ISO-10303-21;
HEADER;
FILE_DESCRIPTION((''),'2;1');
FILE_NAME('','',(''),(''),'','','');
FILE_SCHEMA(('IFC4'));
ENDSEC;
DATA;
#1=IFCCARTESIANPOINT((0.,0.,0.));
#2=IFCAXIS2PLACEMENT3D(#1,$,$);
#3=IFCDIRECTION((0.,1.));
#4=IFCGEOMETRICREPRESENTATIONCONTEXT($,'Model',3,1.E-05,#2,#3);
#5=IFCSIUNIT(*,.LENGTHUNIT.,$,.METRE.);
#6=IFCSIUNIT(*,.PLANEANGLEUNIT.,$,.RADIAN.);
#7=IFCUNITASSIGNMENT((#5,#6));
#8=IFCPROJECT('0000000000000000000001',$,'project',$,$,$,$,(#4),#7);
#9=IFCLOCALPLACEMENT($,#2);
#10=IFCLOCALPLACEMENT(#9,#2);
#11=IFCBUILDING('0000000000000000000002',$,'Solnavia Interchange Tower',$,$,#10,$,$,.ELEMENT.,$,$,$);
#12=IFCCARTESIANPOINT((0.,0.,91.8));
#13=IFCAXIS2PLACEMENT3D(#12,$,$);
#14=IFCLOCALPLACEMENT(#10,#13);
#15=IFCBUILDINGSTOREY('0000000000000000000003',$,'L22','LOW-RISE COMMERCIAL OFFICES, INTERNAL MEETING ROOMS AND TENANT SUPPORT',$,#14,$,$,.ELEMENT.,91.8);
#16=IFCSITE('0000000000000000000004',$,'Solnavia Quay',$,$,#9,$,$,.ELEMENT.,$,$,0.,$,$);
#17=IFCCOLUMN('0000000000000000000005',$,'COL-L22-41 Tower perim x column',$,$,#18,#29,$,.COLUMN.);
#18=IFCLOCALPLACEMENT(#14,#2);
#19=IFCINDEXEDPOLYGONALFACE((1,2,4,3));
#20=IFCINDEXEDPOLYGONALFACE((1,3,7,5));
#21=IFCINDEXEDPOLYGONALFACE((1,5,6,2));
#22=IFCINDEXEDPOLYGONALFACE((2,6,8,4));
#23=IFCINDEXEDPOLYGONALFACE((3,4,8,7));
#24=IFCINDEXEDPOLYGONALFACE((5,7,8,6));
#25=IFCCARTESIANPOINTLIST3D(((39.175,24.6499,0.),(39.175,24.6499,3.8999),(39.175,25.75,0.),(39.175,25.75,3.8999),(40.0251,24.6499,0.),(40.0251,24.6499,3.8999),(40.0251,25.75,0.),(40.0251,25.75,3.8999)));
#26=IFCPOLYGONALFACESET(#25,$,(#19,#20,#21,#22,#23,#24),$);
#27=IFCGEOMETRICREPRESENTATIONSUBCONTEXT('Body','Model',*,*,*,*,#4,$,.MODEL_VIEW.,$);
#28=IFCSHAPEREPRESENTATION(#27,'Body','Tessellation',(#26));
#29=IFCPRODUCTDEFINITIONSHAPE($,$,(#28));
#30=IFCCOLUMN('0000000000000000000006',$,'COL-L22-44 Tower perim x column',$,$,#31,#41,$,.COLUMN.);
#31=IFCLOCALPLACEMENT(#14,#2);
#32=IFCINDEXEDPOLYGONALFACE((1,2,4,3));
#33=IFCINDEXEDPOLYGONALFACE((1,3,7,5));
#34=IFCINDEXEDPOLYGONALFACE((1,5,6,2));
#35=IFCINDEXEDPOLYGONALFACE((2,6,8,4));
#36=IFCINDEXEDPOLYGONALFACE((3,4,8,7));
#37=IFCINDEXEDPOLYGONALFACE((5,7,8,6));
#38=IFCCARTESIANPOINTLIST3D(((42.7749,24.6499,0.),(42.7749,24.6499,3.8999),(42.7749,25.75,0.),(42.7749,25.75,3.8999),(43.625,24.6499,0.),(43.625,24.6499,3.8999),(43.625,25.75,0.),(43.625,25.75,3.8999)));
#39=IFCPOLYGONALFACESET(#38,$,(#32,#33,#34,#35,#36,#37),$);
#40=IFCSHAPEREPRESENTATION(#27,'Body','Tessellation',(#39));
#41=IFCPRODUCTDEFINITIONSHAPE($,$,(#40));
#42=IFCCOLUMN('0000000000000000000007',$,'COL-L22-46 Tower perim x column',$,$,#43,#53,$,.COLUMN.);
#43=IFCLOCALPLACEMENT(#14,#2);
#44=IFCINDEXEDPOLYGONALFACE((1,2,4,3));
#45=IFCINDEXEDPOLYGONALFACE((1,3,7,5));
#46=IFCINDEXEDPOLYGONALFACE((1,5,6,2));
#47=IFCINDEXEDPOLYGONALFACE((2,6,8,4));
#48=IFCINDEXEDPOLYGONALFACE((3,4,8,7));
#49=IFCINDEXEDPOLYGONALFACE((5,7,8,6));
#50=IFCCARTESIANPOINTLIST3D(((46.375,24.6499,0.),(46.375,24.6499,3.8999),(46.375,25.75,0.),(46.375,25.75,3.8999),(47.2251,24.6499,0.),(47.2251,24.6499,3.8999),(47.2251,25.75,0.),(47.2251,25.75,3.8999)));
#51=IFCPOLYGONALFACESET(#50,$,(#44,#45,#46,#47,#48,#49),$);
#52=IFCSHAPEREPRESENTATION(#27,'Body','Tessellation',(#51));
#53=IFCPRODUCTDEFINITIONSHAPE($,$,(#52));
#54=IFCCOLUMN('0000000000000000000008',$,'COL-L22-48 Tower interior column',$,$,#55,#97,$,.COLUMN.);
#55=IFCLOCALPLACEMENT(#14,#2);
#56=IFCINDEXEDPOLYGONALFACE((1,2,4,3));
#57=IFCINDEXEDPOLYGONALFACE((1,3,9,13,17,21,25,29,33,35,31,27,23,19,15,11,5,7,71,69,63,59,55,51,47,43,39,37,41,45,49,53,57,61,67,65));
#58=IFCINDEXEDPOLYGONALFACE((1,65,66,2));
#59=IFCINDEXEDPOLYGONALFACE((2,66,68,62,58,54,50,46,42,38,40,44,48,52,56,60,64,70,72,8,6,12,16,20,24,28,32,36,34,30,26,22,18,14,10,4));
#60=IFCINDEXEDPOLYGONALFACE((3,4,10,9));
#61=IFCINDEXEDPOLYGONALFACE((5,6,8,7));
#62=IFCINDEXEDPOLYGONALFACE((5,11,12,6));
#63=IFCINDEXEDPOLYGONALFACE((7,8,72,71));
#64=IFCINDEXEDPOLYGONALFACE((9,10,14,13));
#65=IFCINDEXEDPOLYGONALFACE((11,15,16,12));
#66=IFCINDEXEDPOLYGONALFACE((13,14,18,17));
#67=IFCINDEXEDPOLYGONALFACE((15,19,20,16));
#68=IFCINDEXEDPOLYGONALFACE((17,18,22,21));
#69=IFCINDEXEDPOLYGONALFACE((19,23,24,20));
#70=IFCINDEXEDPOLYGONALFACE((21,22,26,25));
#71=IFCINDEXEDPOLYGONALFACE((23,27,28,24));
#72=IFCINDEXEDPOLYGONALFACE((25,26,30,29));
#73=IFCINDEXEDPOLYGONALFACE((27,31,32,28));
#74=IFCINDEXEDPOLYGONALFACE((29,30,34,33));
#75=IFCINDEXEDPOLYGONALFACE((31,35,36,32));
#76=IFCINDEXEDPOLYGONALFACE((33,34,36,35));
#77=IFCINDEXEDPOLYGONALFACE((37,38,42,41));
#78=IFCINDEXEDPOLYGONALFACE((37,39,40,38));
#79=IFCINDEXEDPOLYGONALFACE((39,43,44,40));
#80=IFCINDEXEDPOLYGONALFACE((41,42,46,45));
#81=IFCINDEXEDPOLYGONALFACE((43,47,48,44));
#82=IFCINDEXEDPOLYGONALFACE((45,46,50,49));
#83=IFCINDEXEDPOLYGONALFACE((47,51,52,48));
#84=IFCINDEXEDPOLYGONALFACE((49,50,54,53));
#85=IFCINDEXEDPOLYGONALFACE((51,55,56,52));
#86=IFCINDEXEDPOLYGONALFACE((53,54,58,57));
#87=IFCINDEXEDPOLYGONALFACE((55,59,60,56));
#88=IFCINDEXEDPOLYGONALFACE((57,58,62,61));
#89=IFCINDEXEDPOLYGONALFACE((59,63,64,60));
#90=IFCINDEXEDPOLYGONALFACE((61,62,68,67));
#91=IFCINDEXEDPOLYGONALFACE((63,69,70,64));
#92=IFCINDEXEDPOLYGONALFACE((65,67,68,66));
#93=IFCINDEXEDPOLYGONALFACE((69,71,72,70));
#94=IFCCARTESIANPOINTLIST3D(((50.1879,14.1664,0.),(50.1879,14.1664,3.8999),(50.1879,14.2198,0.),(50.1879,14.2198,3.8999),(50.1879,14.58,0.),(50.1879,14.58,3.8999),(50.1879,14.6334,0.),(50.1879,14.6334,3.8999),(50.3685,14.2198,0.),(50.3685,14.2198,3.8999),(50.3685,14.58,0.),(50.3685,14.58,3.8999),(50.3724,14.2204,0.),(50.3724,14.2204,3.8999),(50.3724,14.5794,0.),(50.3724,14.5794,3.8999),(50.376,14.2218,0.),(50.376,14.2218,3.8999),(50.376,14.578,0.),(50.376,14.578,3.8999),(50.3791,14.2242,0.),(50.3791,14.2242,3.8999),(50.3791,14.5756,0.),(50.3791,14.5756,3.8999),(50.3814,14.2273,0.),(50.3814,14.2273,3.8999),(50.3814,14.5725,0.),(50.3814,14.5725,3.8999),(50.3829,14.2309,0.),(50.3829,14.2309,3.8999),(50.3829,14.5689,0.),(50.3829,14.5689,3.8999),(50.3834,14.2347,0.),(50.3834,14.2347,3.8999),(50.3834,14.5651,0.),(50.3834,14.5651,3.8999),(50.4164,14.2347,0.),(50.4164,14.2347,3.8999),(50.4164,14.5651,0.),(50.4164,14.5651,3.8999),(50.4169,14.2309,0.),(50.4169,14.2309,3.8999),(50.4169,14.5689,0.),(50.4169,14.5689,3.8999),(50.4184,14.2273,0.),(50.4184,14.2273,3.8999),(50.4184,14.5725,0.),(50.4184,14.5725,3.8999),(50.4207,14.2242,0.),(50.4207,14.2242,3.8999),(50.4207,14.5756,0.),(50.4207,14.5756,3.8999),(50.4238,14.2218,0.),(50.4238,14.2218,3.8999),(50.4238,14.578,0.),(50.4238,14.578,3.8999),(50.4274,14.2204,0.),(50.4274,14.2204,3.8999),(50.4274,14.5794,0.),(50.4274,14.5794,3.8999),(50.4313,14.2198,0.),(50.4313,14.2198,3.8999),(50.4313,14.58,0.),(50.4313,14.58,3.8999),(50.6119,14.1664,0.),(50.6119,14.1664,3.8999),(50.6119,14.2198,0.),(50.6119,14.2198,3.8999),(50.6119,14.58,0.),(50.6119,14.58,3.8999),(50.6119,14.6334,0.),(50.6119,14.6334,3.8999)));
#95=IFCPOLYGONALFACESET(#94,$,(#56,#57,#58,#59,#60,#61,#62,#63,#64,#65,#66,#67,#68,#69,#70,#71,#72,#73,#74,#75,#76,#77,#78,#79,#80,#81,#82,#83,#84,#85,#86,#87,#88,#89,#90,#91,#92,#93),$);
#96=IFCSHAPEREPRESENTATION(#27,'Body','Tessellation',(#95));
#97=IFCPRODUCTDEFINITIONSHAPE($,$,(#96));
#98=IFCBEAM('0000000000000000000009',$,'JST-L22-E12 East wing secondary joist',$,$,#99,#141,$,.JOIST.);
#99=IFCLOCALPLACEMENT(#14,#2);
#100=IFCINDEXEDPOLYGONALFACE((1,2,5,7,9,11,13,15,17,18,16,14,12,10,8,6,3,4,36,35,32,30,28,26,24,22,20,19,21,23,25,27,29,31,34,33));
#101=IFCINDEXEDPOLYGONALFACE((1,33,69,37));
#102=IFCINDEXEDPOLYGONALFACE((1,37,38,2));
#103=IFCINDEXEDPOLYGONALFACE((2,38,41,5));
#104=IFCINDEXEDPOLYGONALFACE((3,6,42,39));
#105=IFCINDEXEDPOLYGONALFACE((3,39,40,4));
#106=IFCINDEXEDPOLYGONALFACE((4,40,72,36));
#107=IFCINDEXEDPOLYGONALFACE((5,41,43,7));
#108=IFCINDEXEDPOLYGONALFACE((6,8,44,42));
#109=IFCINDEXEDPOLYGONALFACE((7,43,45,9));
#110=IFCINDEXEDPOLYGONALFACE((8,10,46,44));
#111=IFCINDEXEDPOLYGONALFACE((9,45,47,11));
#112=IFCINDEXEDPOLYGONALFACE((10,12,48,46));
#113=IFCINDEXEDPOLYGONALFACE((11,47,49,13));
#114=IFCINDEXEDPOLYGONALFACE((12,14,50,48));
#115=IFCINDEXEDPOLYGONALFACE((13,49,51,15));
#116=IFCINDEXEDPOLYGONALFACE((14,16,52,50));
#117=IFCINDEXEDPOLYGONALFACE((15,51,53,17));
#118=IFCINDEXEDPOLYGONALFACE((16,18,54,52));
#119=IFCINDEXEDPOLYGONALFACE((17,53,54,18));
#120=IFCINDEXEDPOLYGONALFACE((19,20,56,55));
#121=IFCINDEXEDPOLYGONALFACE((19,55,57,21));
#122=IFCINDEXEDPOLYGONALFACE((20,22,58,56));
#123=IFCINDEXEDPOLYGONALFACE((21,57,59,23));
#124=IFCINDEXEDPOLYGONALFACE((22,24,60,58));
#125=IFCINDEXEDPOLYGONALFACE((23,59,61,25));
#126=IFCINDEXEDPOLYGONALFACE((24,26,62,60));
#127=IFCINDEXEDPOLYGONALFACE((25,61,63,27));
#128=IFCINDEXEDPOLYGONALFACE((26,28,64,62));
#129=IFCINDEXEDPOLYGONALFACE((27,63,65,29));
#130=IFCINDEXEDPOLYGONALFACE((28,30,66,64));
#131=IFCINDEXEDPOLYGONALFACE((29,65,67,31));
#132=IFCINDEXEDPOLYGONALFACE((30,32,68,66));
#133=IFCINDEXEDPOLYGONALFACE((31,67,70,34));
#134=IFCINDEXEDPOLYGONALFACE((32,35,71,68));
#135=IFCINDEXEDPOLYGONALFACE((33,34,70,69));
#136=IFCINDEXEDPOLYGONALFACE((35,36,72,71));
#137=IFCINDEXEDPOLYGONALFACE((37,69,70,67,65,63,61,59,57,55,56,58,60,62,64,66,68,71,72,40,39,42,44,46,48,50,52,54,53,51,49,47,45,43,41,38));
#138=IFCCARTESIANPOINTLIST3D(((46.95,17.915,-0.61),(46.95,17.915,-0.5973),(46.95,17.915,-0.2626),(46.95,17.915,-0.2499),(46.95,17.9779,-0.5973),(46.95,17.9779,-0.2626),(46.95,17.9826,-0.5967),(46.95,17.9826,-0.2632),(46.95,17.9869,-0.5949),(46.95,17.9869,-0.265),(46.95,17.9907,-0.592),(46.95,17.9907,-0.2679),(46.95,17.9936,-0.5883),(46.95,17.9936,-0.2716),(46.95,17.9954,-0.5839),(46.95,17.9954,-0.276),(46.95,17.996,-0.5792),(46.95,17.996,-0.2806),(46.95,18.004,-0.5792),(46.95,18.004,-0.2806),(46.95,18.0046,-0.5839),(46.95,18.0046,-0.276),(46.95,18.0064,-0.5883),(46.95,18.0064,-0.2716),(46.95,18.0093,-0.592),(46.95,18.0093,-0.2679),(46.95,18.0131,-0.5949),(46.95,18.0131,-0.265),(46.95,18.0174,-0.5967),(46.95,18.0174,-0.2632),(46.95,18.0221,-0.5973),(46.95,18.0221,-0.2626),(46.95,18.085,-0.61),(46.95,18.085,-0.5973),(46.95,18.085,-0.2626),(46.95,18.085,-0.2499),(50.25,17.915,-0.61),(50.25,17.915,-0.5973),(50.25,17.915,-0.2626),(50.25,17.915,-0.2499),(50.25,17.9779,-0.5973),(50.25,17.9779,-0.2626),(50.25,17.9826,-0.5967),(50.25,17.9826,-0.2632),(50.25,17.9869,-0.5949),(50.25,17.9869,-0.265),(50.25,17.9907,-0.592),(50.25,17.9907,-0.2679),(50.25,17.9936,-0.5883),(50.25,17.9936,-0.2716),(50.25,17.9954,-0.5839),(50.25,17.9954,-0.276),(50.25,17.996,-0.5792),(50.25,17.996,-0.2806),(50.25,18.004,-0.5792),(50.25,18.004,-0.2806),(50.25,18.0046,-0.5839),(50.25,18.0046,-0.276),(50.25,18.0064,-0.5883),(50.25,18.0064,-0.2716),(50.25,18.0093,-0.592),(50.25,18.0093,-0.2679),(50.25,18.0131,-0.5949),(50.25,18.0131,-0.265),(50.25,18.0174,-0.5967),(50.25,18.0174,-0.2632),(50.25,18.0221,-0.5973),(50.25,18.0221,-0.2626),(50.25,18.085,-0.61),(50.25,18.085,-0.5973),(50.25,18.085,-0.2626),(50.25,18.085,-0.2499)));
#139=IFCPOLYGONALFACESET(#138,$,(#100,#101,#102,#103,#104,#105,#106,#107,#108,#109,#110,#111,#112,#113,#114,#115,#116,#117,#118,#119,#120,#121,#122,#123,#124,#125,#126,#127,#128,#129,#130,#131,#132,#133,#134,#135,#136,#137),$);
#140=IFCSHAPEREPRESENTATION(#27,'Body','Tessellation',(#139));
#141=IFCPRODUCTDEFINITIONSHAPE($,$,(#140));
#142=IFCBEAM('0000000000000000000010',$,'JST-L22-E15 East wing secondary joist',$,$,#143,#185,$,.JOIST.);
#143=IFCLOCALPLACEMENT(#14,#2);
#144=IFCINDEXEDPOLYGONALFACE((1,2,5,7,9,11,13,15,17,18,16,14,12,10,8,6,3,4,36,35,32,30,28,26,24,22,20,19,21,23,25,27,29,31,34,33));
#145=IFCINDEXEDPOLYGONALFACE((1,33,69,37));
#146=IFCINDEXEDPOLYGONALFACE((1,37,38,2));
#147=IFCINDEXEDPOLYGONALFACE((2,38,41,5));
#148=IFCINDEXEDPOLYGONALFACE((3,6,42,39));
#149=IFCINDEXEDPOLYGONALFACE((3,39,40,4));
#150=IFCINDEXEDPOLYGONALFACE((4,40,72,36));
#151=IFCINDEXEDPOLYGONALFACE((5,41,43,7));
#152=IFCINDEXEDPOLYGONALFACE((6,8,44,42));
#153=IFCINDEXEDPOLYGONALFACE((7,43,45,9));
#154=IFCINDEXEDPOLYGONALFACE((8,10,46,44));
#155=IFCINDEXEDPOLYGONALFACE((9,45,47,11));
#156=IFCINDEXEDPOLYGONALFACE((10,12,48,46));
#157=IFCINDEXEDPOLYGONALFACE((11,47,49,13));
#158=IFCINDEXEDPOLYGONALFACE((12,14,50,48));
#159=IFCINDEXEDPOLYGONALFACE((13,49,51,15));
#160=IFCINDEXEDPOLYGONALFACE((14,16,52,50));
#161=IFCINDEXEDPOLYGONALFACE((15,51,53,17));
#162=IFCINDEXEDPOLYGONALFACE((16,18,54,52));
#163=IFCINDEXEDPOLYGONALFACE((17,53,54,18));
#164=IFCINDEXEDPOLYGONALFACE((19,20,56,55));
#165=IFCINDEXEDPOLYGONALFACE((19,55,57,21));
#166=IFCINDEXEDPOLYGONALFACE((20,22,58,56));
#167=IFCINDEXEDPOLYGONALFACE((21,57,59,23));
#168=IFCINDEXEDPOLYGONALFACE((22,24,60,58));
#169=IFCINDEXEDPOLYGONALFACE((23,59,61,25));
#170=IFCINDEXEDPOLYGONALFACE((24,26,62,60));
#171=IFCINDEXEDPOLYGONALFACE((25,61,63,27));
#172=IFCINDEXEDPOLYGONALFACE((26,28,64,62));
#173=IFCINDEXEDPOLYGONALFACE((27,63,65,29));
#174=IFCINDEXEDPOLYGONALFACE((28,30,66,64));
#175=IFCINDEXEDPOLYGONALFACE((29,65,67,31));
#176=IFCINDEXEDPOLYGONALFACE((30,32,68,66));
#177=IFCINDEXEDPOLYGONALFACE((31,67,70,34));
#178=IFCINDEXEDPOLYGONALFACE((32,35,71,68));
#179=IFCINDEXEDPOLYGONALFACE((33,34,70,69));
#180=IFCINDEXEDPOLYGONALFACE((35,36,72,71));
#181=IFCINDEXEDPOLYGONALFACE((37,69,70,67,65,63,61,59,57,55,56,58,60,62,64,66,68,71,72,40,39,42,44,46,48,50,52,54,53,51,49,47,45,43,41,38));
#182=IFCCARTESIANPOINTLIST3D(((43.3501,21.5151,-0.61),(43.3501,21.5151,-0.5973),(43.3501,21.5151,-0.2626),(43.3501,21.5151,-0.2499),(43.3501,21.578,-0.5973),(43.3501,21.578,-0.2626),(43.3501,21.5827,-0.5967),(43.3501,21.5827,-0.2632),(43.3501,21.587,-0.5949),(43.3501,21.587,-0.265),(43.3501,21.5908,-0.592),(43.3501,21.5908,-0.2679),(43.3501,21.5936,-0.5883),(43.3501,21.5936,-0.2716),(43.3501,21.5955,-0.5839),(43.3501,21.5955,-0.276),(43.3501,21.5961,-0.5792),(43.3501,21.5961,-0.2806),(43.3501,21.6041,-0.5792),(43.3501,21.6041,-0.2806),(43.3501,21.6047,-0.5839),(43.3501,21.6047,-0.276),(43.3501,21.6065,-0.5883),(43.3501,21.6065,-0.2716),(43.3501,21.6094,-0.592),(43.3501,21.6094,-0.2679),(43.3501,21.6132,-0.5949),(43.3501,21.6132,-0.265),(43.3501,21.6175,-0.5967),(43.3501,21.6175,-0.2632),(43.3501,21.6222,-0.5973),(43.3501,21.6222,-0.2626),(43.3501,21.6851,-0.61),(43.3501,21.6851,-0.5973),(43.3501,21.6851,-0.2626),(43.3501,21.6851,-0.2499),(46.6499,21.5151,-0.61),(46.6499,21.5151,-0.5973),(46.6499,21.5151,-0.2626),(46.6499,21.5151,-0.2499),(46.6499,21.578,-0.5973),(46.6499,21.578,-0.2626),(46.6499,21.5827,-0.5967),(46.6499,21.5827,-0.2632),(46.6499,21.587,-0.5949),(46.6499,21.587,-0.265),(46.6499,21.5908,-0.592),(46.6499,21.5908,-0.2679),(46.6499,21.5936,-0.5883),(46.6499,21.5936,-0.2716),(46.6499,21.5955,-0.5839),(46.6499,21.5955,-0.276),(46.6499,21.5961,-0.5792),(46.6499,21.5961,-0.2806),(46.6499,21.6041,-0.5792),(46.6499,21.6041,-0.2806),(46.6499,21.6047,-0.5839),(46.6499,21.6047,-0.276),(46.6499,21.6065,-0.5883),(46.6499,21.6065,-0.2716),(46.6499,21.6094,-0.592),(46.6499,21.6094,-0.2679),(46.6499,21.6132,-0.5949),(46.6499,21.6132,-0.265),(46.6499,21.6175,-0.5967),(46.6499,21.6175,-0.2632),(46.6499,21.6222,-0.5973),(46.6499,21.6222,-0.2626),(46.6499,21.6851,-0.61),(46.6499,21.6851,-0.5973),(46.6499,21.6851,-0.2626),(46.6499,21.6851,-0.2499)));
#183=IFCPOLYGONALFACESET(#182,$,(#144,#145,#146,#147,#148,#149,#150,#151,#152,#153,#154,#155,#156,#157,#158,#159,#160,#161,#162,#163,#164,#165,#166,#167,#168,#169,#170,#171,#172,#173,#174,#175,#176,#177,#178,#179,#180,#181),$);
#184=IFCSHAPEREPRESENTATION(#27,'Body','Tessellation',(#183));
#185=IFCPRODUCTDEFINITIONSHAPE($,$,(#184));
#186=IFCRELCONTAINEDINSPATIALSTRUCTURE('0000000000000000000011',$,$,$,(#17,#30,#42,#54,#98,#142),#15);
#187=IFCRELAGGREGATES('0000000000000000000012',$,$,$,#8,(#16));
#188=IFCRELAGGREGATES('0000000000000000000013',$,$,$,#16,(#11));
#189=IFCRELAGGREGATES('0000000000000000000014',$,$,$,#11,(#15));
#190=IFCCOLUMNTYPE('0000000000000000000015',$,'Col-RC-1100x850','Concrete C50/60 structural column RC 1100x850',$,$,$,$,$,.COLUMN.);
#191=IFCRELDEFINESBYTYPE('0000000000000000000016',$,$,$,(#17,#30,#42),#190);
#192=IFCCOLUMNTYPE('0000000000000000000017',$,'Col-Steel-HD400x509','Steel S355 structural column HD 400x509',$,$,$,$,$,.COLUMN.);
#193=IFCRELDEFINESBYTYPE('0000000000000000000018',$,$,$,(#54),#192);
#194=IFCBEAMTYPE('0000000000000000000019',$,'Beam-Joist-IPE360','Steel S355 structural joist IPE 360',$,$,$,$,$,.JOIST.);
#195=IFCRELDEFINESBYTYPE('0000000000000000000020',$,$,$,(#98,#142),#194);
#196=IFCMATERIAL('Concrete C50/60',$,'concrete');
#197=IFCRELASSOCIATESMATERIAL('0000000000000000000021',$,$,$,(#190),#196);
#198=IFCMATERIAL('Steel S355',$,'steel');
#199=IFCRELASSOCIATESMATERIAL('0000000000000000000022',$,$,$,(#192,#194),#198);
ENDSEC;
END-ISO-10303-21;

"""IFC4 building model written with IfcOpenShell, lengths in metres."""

from ifc_helpers import new_model, si_unit, direction, frame, origin, origin_2d, place, context, subcontext, project, spatial, rectangle, i_section, extrude, material, material_profile, profile_set, type_object, element, save


model = new_model("IFC4")

# Units and contexts
model_context = context("Model", 3, precision=1e-05, world=origin(), true_north=direction((0.0, 1.0)))
body_context = subcontext(model_context, "Body", "Model", "MODEL_VIEW")
ifc_project = project(units=[si_unit("LENGTHUNIT", "METRE"), si_unit("PLANEANGLEUNIT", "RADIAN")], contexts=[model_context])

# Site, building, storey
site_placement = place(None, origin())
site = spatial("IfcSite", under=ifc_project, at=site_placement, Name="Solnavia Quay", CompositionType="ELEMENT", RefElevation=0.0)
building_placement = place(site_placement, origin())
building = spatial("IfcBuilding", under=site, at=building_placement, Name="Solnavia Interchange Tower", CompositionType="ELEMENT")
storey_placement = place(building_placement, frame((0.0, 0.0, 91.8)))
storey = spatial("IfcBuildingStorey", under=building, at=storey_placement, Name="L22", Description="LOW-RISE COMMERCIAL OFFICES, INTERNAL MEETING ROOMS AND TENANT SUPPORT", CompositionType="ELEMENT", Elevation=91.8)

# Columns
ifc_material_1 = material(Name="Concrete C50/60", Category="concrete")
ifc_material_profile_1 = material_profile(ifc_material_1, rectangle(XDim=0.8501, YDim=1.1001, at=origin_2d()), Name="RC 1100x850")
ifc_profile_set_1 = profile_set([ifc_material_profile_1], Name="Concrete C50/60")
column_type_1 = type_object("IfcColumnType", Name="Col-RC-1100x850", Description="Concrete C50/60 structural column RC 1100x850", PredefinedType="COLUMN", material=ifc_profile_set_1)
for number, where, z_axis, x_axis, name in (
    (1, (39.6001, 25.2, 0.0), (0.0, 0.0, 1.0), (1.0, 0.0, 0.0), "COL-L22-41 Tower perim x column"),
    (2, (43.2, 25.2, 0.0), (0.0, 0.0, 1.0), (1.0, 0.0, 0.0), "COL-L22-44 Tower perim x column"),
    (3, (46.8, 25.2, 0.0), (0.0, 0.0, 1.0), (1.0, 0.0, 0.0), "COL-L22-46 Tower perim x column"),
):
    element("IfcColumn", number, at=place(storey_placement, frame(where, z_axis=z_axis, x_axis=x_axis)), inside=storey, type_object=column_type_1, Name=name, PredefinedType="COLUMN", context=body_context, shape_type="SweptSolid", body=[
        extrude(rectangle(XDim=0.8501, YDim=1.1001, at=origin_2d()), origin(), (0.0, 0.0, 1.0), 3.8999),
    ])
ifc_material_2 = material(Name="Steel S355", Category="steel")
ifc_material_profile_2 = material_profile(ifc_material_2, i_section(OverallWidth=0.4241, OverallDepth=0.467, WebThickness=0.033, FlangeThickness=0.0535, FilletRadius=0.0149, at=origin_2d()), Name="HD 400x509")
ifc_profile_set_2 = profile_set([ifc_material_profile_2], Name="Steel S355")
column_type_2 = type_object("IfcColumnType", Name="Col-Steel-HD400x509", Description="Steel S355 structural column HD 400x509", PredefinedType="COLUMN", material=ifc_profile_set_2)
column_placement = place(storey_placement, frame((50.3999, 14.3999, 0.0), z_axis=(0.0, 0.0, 1.0), x_axis=(1.0, 0.0, 0.0)))
element("IfcColumn", 4, at=column_placement, inside=storey, type_object=column_type_2, Name="COL-L22-48 Tower interior column", PredefinedType="COLUMN", context=body_context, shape_type="SweptSolid", body=[
    extrude(i_section(OverallWidth=0.4241, OverallDepth=0.467, WebThickness=0.033, FlangeThickness=0.0535, FilletRadius=0.0149, at=origin_2d()), origin(), (0.0, 0.0, 1.0), 3.8999),
])

# Beams
ifc_material_profile_3 = material_profile(ifc_material_2, i_section(OverallWidth=0.1699, OverallDepth=0.3601, WebThickness=0.0081, FlangeThickness=0.0127, FilletRadius=0.0181, at=origin_2d()), Name="IPE 360")
ifc_profile_set_3 = profile_set([ifc_material_profile_3], Name="Steel S355")
beam_type_1 = type_object("IfcBeamType", Name="Beam-Joist-IPE360", Description="Steel S355 structural joist IPE 360", PredefinedType="JOIST", material=ifc_profile_set_3)
beam_1_placement = place(storey_placement, frame((46.95, 18.0, -0.4299), z_axis=(1.0, 0.0, 0.0), x_axis=(0.0, 1.0, 0.0)))
element("IfcBeam", 5, at=beam_1_placement, inside=storey, type_object=beam_type_1, Name="JST-L22-E12 East wing secondary joist", PredefinedType="JOIST", context=body_context, shape_type="SweptSolid", body=[
    extrude(i_section(OverallWidth=0.1699, OverallDepth=0.3601, WebThickness=0.0081, FlangeThickness=0.0127, FilletRadius=0.0181, at=origin_2d()), origin(), (0.0, 0.0, 1.0), 3.3),
])
beam_2_placement = place(storey_placement, frame((43.3501, 21.6001, -0.4299), z_axis=(1.0, 0.0, 0.0), x_axis=(0.0, 1.0, 0.0)))
element("IfcBeam", 6, at=beam_2_placement, inside=storey, type_object=beam_type_1, Name="JST-L22-E15 East wing secondary joist", PredefinedType="JOIST", context=body_context, shape_type="SweptSolid", body=[
    extrude(i_section(OverallWidth=0.1699, OverallDepth=0.3601, WebThickness=0.0081, FlangeThickness=0.0127, FilletRadius=0.0181, at=origin_2d()), origin(), (0.0, 0.0, 1.0), 3.2998),
])

save(model, "model.ifc")
